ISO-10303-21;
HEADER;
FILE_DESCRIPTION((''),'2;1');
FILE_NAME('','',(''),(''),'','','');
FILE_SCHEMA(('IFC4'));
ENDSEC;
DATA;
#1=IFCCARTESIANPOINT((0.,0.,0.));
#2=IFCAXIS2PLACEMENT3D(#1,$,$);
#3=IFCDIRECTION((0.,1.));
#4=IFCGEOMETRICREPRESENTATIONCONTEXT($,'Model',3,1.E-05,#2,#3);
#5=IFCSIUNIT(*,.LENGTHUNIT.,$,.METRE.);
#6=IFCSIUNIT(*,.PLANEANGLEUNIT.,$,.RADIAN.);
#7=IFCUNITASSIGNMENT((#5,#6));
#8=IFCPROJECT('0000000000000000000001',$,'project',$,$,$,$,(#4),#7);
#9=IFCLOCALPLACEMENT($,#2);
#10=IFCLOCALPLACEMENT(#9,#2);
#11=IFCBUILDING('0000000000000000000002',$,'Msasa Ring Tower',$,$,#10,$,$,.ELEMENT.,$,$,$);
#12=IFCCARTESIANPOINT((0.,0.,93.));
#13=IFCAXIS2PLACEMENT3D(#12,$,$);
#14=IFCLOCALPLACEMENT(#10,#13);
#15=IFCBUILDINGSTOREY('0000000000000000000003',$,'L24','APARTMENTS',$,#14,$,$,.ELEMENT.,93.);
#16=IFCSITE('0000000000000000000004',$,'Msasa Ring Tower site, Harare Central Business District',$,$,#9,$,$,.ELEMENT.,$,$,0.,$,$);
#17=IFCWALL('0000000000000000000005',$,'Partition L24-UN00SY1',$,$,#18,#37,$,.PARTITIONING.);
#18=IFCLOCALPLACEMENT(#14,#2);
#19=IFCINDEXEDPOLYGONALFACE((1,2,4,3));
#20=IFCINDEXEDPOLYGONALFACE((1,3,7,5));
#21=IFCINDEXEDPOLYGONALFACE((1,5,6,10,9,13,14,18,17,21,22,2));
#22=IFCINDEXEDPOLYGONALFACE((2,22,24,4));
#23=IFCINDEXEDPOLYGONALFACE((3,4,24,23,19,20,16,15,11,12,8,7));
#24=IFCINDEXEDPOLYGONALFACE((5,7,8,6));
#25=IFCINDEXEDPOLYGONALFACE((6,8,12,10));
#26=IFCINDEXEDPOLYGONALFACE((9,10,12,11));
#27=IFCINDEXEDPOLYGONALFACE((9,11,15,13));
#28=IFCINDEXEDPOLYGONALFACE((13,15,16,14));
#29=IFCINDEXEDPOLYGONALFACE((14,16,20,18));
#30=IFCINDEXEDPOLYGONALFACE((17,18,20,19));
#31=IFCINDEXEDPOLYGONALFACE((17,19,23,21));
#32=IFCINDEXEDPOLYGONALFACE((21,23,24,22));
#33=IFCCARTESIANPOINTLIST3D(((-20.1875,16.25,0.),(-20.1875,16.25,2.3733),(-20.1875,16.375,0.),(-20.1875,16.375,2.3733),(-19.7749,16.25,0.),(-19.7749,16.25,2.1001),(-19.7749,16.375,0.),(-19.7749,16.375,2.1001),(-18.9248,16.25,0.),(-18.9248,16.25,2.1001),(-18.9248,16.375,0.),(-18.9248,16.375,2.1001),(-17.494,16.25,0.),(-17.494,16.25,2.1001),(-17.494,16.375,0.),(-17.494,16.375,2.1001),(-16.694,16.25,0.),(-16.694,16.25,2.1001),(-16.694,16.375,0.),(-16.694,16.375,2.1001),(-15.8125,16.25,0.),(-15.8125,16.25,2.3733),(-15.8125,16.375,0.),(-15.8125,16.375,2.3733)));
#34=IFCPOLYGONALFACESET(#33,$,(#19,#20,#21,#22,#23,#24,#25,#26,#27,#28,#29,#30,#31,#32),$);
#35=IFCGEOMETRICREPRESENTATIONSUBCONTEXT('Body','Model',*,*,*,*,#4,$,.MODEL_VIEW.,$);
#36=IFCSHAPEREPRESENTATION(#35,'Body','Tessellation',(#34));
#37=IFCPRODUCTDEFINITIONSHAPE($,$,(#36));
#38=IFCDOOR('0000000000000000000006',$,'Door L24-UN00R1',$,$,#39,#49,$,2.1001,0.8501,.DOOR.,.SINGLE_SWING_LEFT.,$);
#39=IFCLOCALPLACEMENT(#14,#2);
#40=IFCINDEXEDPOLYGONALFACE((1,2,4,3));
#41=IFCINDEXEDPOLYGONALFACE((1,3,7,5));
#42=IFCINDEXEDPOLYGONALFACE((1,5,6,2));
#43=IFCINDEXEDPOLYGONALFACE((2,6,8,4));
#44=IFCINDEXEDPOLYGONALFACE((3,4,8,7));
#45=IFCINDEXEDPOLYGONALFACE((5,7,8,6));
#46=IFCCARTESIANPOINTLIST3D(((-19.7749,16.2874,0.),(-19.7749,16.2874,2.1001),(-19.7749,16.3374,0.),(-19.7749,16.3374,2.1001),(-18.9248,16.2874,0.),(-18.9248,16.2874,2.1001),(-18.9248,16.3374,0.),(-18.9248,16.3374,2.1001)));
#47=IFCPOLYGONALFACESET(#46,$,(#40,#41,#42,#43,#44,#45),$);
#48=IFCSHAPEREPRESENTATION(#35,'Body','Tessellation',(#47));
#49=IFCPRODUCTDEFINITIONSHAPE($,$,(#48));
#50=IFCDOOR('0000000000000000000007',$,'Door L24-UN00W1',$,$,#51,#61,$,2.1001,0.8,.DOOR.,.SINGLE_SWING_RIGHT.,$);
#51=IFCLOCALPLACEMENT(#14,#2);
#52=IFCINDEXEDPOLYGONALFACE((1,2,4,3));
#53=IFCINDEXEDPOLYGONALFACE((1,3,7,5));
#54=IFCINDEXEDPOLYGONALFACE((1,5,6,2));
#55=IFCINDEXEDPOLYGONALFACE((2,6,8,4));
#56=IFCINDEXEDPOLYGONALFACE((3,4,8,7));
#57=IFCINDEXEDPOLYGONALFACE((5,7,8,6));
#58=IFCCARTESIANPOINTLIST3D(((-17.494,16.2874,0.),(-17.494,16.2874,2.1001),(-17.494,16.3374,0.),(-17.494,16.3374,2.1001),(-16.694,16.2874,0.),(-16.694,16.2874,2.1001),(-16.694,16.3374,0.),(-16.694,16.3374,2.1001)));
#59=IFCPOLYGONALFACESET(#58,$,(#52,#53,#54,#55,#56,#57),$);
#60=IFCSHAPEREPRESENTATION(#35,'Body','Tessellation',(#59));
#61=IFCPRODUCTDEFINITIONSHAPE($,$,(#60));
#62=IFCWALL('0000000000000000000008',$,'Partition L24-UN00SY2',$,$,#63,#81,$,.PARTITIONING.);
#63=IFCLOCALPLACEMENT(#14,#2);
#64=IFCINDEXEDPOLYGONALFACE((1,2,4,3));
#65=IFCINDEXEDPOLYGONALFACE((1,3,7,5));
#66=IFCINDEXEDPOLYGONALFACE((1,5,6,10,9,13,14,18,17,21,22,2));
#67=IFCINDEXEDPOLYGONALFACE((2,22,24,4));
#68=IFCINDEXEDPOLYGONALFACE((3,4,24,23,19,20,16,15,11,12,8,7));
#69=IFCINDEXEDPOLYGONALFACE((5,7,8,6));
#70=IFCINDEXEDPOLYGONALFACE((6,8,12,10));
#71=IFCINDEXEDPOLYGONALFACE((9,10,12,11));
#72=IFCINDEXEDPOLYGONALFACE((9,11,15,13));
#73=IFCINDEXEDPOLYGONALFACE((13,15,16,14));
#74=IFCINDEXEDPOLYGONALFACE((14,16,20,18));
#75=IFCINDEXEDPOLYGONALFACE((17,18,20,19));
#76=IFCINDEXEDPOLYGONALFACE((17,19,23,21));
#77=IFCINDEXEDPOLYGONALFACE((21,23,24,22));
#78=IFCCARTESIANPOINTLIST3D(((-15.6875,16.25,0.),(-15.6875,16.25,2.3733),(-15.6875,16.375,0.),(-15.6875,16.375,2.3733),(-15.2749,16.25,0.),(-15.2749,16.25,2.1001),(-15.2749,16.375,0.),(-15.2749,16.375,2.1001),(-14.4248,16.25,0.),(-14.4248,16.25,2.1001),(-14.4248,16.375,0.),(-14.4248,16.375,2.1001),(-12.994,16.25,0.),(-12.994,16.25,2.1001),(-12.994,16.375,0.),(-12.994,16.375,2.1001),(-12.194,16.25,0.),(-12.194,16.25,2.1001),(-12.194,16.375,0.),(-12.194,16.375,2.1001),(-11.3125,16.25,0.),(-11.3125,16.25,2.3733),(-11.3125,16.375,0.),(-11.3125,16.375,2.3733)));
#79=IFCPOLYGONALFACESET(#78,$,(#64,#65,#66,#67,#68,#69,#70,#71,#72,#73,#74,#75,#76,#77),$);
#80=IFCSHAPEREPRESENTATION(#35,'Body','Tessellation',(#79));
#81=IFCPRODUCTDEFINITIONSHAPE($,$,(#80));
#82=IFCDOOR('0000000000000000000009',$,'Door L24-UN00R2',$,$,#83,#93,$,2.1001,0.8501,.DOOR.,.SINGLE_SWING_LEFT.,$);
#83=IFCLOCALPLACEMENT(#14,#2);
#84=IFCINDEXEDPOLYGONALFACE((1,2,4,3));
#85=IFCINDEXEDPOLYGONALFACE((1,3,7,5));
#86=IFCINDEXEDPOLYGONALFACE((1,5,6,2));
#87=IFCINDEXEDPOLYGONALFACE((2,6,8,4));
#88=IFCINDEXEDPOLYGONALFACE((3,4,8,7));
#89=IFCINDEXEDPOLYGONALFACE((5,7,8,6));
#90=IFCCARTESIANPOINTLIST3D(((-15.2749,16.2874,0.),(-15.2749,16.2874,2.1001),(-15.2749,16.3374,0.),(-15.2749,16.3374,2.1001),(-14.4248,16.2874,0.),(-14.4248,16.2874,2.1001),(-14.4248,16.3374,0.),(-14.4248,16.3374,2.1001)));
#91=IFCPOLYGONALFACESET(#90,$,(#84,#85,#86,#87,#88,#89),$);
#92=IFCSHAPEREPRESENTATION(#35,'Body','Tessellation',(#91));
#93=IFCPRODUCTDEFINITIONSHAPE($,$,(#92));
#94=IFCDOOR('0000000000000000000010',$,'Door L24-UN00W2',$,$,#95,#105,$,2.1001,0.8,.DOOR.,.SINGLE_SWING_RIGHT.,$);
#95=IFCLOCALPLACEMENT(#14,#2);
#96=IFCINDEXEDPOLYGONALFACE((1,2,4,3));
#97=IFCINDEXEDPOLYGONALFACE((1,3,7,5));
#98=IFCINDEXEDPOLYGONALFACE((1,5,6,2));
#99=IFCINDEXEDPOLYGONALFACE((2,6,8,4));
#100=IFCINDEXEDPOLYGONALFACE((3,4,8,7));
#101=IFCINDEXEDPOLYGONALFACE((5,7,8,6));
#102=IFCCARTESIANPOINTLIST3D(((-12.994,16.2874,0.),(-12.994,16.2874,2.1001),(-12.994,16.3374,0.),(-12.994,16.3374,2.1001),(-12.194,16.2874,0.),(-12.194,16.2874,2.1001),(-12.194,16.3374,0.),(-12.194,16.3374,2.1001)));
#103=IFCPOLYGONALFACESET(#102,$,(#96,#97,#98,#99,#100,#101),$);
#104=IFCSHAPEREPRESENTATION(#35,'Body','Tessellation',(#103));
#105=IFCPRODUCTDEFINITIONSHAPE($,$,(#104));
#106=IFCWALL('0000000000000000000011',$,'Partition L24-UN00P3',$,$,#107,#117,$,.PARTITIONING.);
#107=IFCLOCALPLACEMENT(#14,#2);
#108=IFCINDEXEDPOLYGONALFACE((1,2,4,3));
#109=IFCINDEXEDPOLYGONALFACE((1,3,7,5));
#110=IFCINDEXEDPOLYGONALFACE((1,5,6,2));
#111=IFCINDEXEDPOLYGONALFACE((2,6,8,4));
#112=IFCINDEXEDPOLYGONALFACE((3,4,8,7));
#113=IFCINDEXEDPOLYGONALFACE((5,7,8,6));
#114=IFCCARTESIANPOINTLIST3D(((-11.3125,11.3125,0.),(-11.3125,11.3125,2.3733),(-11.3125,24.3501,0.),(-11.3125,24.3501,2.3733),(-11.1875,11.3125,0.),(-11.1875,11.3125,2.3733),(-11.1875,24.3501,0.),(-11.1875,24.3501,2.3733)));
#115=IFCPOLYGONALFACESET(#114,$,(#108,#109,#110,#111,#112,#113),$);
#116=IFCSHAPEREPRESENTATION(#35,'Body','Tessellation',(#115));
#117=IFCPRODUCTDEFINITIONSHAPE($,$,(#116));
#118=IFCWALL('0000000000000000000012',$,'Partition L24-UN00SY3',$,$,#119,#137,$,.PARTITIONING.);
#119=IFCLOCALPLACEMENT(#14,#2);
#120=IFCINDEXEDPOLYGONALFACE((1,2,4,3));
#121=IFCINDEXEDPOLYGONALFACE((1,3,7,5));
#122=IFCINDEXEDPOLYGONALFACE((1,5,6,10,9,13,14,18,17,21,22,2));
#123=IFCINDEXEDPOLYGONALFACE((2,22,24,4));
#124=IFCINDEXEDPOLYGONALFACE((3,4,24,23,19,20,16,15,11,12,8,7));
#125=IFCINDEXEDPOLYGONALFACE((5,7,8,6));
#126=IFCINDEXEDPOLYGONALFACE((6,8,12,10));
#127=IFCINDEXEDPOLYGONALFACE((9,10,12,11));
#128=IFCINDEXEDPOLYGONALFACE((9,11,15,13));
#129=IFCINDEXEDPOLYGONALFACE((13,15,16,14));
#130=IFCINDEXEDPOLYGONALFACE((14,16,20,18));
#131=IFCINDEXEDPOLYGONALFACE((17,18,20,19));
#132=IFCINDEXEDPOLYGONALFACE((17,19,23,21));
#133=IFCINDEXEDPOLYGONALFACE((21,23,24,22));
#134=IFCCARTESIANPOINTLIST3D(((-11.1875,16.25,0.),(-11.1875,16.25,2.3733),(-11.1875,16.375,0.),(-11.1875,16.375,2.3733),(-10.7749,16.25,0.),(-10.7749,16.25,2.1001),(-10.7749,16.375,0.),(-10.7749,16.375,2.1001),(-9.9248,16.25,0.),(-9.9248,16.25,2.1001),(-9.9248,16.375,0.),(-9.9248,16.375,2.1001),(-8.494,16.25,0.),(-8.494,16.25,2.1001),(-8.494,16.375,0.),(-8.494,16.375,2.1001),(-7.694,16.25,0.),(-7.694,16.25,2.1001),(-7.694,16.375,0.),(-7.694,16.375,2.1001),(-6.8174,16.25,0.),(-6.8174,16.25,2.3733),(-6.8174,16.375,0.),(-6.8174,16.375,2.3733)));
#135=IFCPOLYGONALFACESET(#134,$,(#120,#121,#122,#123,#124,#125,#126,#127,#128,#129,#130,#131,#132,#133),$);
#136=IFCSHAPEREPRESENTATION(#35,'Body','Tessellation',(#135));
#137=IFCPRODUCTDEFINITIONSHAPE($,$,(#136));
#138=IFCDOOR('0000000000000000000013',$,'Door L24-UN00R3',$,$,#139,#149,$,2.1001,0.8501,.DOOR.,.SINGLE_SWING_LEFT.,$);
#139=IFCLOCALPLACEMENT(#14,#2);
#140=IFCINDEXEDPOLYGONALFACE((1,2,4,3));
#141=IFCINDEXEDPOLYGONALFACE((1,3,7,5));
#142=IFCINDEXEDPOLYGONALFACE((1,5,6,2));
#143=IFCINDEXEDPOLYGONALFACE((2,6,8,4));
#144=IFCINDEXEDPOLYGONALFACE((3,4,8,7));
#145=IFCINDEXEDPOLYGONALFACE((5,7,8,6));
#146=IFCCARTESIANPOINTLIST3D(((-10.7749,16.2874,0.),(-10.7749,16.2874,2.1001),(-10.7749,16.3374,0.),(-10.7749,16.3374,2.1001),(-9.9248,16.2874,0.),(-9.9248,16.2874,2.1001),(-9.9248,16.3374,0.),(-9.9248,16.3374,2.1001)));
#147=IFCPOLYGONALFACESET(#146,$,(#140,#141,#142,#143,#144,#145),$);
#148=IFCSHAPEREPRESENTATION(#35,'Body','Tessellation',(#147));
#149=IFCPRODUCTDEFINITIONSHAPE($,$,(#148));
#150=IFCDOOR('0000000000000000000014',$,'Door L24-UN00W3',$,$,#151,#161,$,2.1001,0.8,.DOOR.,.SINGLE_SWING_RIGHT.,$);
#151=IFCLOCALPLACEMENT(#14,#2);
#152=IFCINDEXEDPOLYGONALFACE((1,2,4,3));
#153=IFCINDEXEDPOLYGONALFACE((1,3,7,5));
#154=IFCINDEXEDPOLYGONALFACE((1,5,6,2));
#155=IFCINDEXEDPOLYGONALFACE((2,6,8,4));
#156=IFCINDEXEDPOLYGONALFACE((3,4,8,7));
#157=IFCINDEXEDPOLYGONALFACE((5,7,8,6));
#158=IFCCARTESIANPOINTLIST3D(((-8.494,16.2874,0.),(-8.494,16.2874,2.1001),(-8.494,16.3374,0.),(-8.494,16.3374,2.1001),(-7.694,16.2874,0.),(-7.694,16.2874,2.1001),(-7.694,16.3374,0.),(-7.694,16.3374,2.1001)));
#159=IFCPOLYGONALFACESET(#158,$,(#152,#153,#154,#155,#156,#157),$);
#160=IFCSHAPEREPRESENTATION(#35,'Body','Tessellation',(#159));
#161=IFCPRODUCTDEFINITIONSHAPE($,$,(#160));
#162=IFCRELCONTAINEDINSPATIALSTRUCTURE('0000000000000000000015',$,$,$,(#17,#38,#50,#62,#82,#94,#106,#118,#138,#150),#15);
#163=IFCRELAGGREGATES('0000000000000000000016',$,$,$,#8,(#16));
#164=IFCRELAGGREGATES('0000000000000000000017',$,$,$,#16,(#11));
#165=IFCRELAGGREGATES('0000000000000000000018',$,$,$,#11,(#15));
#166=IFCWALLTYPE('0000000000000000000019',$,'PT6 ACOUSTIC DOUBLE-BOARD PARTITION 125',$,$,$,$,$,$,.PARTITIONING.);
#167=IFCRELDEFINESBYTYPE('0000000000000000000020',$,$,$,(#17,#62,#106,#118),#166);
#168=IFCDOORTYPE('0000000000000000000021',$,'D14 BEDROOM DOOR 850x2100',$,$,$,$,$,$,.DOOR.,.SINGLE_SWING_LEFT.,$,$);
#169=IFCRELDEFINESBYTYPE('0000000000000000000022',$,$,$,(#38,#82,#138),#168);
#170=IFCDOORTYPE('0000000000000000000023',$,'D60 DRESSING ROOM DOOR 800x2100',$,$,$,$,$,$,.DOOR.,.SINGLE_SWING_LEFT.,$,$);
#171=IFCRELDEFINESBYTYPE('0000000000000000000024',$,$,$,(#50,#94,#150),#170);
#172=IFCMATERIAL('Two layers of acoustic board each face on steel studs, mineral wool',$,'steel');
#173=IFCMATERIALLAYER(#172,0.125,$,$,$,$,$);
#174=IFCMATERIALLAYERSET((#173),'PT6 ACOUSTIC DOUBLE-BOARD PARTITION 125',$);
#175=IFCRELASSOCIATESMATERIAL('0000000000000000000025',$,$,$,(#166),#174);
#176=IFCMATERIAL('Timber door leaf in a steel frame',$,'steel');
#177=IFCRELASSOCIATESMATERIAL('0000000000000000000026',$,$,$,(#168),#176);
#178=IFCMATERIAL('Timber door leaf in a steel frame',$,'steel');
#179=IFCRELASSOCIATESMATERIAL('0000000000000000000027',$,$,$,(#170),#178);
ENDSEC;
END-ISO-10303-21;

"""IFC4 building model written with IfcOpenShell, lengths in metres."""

from ifc_helpers import new_model, si_unit, direction, frame, frame_2d, origin, place, context, subcontext, project, spatial, rectangle, extrude, material, layer, layer_set, type_object, element, fill, save


model = new_model("IFC4")

# Units and contexts
model_context = context("Model", 3, precision=1e-05, world=origin(), true_north=direction((0.0, 1.0)))
body_context = subcontext(model_context, "Body", "Model", "MODEL_VIEW")
ifc_project = project(units=[si_unit("LENGTHUNIT", "METRE"), si_unit("PLANEANGLEUNIT", "RADIAN")], contexts=[model_context])

# Site, building, storey
site_placement = place(None, origin())
site = spatial("IfcSite", under=ifc_project, at=site_placement, Name="Msasa Ring Tower site, Harare Central Business District", CompositionType="ELEMENT", RefElevation=0.0)
building_placement = place(site_placement, origin())
building = spatial("IfcBuilding", under=site, at=building_placement, Name="Msasa Ring Tower", CompositionType="ELEMENT")
storey_placement = place(building_placement, frame((0.0, 0.0, 93.0)))
storey = spatial("IfcBuildingStorey", under=building, at=storey_placement, Name="L24", Description="APARTMENTS", CompositionType="ELEMENT", Elevation=93.0)

# Walls, openings, doors
ifc_material_1 = material(Name="Two layers of acoustic board each face on steel studs, mineral wool", Category="steel")
ifc_layer_1 = layer(ifc_material_1, 0.125)
ifc_layer_set_1 = layer_set([ifc_layer_1], Name="PT6 ACOUSTIC DOUBLE-BOARD PARTITION 125")
wall_type_1 = type_object("IfcWallType", Name="PT6 ACOUSTIC DOUBLE-BOARD PARTITION 125", PredefinedType="PARTITIONING", material=ifc_layer_set_1)
wall_1_placement = place(storey_placement, frame((-20.1875, 16.3125, 0.0), z_axis=(0.0, 0.0, 1.0), x_axis=(1.0, 0.0, 0.0)))
wall_1 = element("IfcWall", 1, at=wall_1_placement, inside=storey, type_object=wall_type_1, Name="Partition L24-UN00SY1", PredefinedType="PARTITIONING", context=body_context, shape_type="SweptSolid", body=[
    extrude(rectangle(XDim=4.375, YDim=0.125, at=frame_2d((2.1875, 0.0))), origin(), (0.0, 0.0, 1.0), 2.3733),
])
opening_1_placement = place(wall_1_placement, frame((0.4126, 0.0, 0.0)))
opening_1 = element("IfcOpeningElement", 2, at=opening_1_placement, cuts=wall_1, PredefinedType="OPENING", context=body_context, shape_type="SweptSolid", body=[
    extrude(rectangle(XDim=0.8501, YDim=2.1001, at=frame_2d((0.425, 1.05))), frame((0.0, 0.0725, 0.0), z_axis=(0.0, -1.0, 0.0), x_axis=(1.0, 0.0, 0.0)), (0.0, 0.0, 1.0), 0.145),
])
opening_2_placement = place(wall_1_placement, frame((2.6936, 0.0, 0.0)))
opening_2 = element("IfcOpeningElement", 3, at=opening_2_placement, cuts=wall_1, PredefinedType="OPENING", context=body_context, shape_type="SweptSolid", body=[
    extrude(rectangle(XDim=0.8, YDim=2.1001, at=frame_2d((0.3999, 1.05))), frame((0.0, 0.0725, 0.0), z_axis=(0.0, -1.0, 0.0), x_axis=(1.0, 0.0, 0.0)), (0.0, 0.0, 1.0), 0.145),
])
ifc_material_2 = material(Name="Timber door leaf in a steel frame", Category="steel")
door_type_1 = type_object("IfcDoorType", Name="D14 BEDROOM DOOR 850x2100", OperationType="SINGLE_SWING_LEFT", PredefinedType="DOOR", material=ifc_material_2)
door_1_placement = place(opening_1_placement, origin())
door_1 = element("IfcDoor", 4, at=door_1_placement, inside=storey, type_object=door_type_1, Name="Door L24-UN00R1", OperationType="SINGLE_SWING_LEFT", OverallHeight=2.1001, OverallWidth=0.8501, PredefinedType="DOOR", context=body_context, shape_type="SweptSolid", body=[
    extrude(rectangle(XDim=0.8501, YDim=2.1001, at=frame_2d((0.425, 1.05))), frame((0.0, 0.0249, 0.0), z_axis=(0.0, -1.0, 0.0), x_axis=(1.0, 0.0, 0.0)), (0.0, 0.0, 1.0), 0.05),
])
fill(opening_1, door_1)
ifc_material_3 = material(Name="Timber door leaf in a steel frame", Category="steel")
door_type_2 = type_object("IfcDoorType", Name="D60 DRESSING ROOM DOOR 800x2100", OperationType="SINGLE_SWING_LEFT", PredefinedType="DOOR", material=ifc_material_3)
door_2_placement = place(opening_2_placement, origin())
door_2 = element("IfcDoor", 5, at=door_2_placement, inside=storey, type_object=door_type_2, Name="Door L24-UN00W1", OperationType="SINGLE_SWING_RIGHT", OverallHeight=2.1001, OverallWidth=0.8, PredefinedType="DOOR", context=body_context, shape_type="SweptSolid", body=[
    extrude(rectangle(XDim=0.8, YDim=2.1001, at=frame_2d((0.3999, 1.05))), frame((0.0, 0.0249, 0.0), z_axis=(0.0, -1.0, 0.0), x_axis=(1.0, 0.0, 0.0)), (0.0, 0.0, 1.0), 0.05),
])
fill(opening_2, door_2)
wall_2_placement = place(storey_placement, frame((-15.6875, 16.3125, 0.0), z_axis=(0.0, 0.0, 1.0), x_axis=(1.0, 0.0, 0.0)))
wall_2 = element("IfcWall", 6, at=wall_2_placement, inside=storey, type_object=wall_type_1, Name="Partition L24-UN00SY2", PredefinedType="PARTITIONING", context=body_context, shape_type="SweptSolid", body=[
    extrude(rectangle(XDim=4.375, YDim=0.125, at=frame_2d((2.1875, 0.0))), origin(), (0.0, 0.0, 1.0), 2.3733),
])
opening_3_placement = place(wall_2_placement, frame((0.4126, 0.0, 0.0)))
opening_3 = element("IfcOpeningElement", 7, at=opening_3_placement, cuts=wall_2, PredefinedType="OPENING", context=body_context, shape_type="SweptSolid", body=[
    extrude(rectangle(XDim=0.8501, YDim=2.1001, at=frame_2d((0.425, 1.05))), frame((0.0, 0.0725, 0.0), z_axis=(0.0, -1.0, 0.0), x_axis=(1.0, 0.0, 0.0)), (0.0, 0.0, 1.0), 0.145),
])
opening_4_placement = place(wall_2_placement, frame((2.6936, 0.0, 0.0)))
opening_4 = element("IfcOpeningElement", 8, at=opening_4_placement, cuts=wall_2, PredefinedType="OPENING", context=body_context, shape_type="SweptSolid", body=[
    extrude(rectangle(XDim=0.8, YDim=2.1001, at=frame_2d((0.3999, 1.05))), frame((0.0, 0.0725, 0.0), z_axis=(0.0, -1.0, 0.0), x_axis=(1.0, 0.0, 0.0)), (0.0, 0.0, 1.0), 0.145),
])
door_3_placement = place(opening_3_placement, origin())
door_3 = element("IfcDoor", 9, at=door_3_placement, inside=storey, type_object=door_type_1, Name="Door L24-UN00R2", OperationType="SINGLE_SWING_LEFT", OverallHeight=2.1001, OverallWidth=0.8501, PredefinedType="DOOR", context=body_context, shape_type="SweptSolid", body=[
    extrude(rectangle(XDim=0.8501, YDim=2.1001, at=frame_2d((0.425, 1.05))), frame((0.0, 0.0249, 0.0), z_axis=(0.0, -1.0, 0.0), x_axis=(1.0, 0.0, 0.0)), (0.0, 0.0, 1.0), 0.05),
])
fill(opening_3, door_3)
door_4_placement = place(opening_4_placement, origin())
door_4 = element("IfcDoor", 10, at=door_4_placement, inside=storey, type_object=door_type_2, Name="Door L24-UN00W2", OperationType="SINGLE_SWING_RIGHT", OverallHeight=2.1001, OverallWidth=0.8, PredefinedType="DOOR", context=body_context, shape_type="SweptSolid", body=[
    extrude(rectangle(XDim=0.8, YDim=2.1001, at=frame_2d((0.3999, 1.05))), frame((0.0, 0.0249, 0.0), z_axis=(0.0, -1.0, 0.0), x_axis=(1.0, 0.0, 0.0)), (0.0, 0.0, 1.0), 0.05),
])
fill(opening_4, door_4)

# Wall
wall_3_placement = place(storey_placement, frame((-11.25, 11.3125, 0.0), z_axis=(0.0, 0.0, 1.0), x_axis=(0.0, 1.0, 0.0)))
element("IfcWall", 11, at=wall_3_placement, inside=storey, type_object=wall_type_1, Name="Partition L24-UN00P3", PredefinedType="PARTITIONING", context=body_context, shape_type="SweptSolid", body=[
    extrude(rectangle(XDim=13.0376, YDim=0.125, at=frame_2d((6.5188, 0.0))), origin(), (0.0, 0.0, 1.0), 2.3733),
])

# Wall, openings, doors
wall_4_placement = place(storey_placement, frame((-11.1875, 16.3125, 0.0), z_axis=(0.0, 0.0, 1.0), x_axis=(1.0, 0.0, 0.0)))
wall_4 = element("IfcWall", 12, at=wall_4_placement, inside=storey, type_object=wall_type_1, Name="Partition L24-UN00SY3", PredefinedType="PARTITIONING", context=body_context, shape_type="SweptSolid", body=[
    extrude(rectangle(XDim=4.3701, YDim=0.125, at=frame_2d((2.1851, 0.0))), origin(), (0.0, 0.0, 1.0), 2.3733),
])
opening_5_placement = place(wall_4_placement, frame((0.4126, 0.0, 0.0)))
opening_5 = element("IfcOpeningElement", 13, at=opening_5_placement, cuts=wall_4, PredefinedType="OPENING", context=body_context, shape_type="SweptSolid", body=[
    extrude(rectangle(XDim=0.8501, YDim=2.1001, at=frame_2d((0.425, 1.05))), frame((0.0, 0.0725, 0.0), z_axis=(0.0, -1.0, 0.0), x_axis=(1.0, 0.0, 0.0)), (0.0, 0.0, 1.0), 0.145),
])
opening_6_placement = place(wall_4_placement, frame((2.6936, 0.0, 0.0)))
opening_6 = element("IfcOpeningElement", 14, at=opening_6_placement, cuts=wall_4, PredefinedType="OPENING", context=body_context, shape_type="SweptSolid", body=[
    extrude(rectangle(XDim=0.8, YDim=2.1001, at=frame_2d((0.3999, 1.05))), frame((0.0, 0.0725, 0.0), z_axis=(0.0, -1.0, 0.0), x_axis=(1.0, 0.0, 0.0)), (0.0, 0.0, 1.0), 0.145),
])
door_5_placement = place(opening_5_placement, origin())
door_5 = element("IfcDoor", 15, at=door_5_placement, inside=storey, type_object=door_type_1, Name="Door L24-UN00R3", OperationType="SINGLE_SWING_LEFT", OverallHeight=2.1001, OverallWidth=0.8501, PredefinedType="DOOR", context=body_context, shape_type="SweptSolid", body=[
    extrude(rectangle(XDim=0.8501, YDim=2.1001, at=frame_2d((0.425, 1.05))), frame((0.0, 0.0249, 0.0), z_axis=(0.0, -1.0, 0.0), x_axis=(1.0, 0.0, 0.0)), (0.0, 0.0, 1.0), 0.05),
])
fill(opening_5, door_5)
door_6_placement = place(opening_6_placement, origin())
door_6 = element("IfcDoor", 16, at=door_6_placement, inside=storey, type_object=door_type_2, Name="Door L24-UN00W3", OperationType="SINGLE_SWING_RIGHT", OverallHeight=2.1001, OverallWidth=0.8, PredefinedType="DOOR", context=body_context, shape_type="SweptSolid", body=[
    extrude(rectangle(XDim=0.8, YDim=2.1001, at=frame_2d((0.3999, 1.05))), frame((0.0, 0.0249, 0.0), z_axis=(0.0, -1.0, 0.0), x_axis=(1.0, 0.0, 0.0)), (0.0, 0.0, 1.0), 0.05),
])
fill(opening_6, door_6)

save(model, "model.ifc")
